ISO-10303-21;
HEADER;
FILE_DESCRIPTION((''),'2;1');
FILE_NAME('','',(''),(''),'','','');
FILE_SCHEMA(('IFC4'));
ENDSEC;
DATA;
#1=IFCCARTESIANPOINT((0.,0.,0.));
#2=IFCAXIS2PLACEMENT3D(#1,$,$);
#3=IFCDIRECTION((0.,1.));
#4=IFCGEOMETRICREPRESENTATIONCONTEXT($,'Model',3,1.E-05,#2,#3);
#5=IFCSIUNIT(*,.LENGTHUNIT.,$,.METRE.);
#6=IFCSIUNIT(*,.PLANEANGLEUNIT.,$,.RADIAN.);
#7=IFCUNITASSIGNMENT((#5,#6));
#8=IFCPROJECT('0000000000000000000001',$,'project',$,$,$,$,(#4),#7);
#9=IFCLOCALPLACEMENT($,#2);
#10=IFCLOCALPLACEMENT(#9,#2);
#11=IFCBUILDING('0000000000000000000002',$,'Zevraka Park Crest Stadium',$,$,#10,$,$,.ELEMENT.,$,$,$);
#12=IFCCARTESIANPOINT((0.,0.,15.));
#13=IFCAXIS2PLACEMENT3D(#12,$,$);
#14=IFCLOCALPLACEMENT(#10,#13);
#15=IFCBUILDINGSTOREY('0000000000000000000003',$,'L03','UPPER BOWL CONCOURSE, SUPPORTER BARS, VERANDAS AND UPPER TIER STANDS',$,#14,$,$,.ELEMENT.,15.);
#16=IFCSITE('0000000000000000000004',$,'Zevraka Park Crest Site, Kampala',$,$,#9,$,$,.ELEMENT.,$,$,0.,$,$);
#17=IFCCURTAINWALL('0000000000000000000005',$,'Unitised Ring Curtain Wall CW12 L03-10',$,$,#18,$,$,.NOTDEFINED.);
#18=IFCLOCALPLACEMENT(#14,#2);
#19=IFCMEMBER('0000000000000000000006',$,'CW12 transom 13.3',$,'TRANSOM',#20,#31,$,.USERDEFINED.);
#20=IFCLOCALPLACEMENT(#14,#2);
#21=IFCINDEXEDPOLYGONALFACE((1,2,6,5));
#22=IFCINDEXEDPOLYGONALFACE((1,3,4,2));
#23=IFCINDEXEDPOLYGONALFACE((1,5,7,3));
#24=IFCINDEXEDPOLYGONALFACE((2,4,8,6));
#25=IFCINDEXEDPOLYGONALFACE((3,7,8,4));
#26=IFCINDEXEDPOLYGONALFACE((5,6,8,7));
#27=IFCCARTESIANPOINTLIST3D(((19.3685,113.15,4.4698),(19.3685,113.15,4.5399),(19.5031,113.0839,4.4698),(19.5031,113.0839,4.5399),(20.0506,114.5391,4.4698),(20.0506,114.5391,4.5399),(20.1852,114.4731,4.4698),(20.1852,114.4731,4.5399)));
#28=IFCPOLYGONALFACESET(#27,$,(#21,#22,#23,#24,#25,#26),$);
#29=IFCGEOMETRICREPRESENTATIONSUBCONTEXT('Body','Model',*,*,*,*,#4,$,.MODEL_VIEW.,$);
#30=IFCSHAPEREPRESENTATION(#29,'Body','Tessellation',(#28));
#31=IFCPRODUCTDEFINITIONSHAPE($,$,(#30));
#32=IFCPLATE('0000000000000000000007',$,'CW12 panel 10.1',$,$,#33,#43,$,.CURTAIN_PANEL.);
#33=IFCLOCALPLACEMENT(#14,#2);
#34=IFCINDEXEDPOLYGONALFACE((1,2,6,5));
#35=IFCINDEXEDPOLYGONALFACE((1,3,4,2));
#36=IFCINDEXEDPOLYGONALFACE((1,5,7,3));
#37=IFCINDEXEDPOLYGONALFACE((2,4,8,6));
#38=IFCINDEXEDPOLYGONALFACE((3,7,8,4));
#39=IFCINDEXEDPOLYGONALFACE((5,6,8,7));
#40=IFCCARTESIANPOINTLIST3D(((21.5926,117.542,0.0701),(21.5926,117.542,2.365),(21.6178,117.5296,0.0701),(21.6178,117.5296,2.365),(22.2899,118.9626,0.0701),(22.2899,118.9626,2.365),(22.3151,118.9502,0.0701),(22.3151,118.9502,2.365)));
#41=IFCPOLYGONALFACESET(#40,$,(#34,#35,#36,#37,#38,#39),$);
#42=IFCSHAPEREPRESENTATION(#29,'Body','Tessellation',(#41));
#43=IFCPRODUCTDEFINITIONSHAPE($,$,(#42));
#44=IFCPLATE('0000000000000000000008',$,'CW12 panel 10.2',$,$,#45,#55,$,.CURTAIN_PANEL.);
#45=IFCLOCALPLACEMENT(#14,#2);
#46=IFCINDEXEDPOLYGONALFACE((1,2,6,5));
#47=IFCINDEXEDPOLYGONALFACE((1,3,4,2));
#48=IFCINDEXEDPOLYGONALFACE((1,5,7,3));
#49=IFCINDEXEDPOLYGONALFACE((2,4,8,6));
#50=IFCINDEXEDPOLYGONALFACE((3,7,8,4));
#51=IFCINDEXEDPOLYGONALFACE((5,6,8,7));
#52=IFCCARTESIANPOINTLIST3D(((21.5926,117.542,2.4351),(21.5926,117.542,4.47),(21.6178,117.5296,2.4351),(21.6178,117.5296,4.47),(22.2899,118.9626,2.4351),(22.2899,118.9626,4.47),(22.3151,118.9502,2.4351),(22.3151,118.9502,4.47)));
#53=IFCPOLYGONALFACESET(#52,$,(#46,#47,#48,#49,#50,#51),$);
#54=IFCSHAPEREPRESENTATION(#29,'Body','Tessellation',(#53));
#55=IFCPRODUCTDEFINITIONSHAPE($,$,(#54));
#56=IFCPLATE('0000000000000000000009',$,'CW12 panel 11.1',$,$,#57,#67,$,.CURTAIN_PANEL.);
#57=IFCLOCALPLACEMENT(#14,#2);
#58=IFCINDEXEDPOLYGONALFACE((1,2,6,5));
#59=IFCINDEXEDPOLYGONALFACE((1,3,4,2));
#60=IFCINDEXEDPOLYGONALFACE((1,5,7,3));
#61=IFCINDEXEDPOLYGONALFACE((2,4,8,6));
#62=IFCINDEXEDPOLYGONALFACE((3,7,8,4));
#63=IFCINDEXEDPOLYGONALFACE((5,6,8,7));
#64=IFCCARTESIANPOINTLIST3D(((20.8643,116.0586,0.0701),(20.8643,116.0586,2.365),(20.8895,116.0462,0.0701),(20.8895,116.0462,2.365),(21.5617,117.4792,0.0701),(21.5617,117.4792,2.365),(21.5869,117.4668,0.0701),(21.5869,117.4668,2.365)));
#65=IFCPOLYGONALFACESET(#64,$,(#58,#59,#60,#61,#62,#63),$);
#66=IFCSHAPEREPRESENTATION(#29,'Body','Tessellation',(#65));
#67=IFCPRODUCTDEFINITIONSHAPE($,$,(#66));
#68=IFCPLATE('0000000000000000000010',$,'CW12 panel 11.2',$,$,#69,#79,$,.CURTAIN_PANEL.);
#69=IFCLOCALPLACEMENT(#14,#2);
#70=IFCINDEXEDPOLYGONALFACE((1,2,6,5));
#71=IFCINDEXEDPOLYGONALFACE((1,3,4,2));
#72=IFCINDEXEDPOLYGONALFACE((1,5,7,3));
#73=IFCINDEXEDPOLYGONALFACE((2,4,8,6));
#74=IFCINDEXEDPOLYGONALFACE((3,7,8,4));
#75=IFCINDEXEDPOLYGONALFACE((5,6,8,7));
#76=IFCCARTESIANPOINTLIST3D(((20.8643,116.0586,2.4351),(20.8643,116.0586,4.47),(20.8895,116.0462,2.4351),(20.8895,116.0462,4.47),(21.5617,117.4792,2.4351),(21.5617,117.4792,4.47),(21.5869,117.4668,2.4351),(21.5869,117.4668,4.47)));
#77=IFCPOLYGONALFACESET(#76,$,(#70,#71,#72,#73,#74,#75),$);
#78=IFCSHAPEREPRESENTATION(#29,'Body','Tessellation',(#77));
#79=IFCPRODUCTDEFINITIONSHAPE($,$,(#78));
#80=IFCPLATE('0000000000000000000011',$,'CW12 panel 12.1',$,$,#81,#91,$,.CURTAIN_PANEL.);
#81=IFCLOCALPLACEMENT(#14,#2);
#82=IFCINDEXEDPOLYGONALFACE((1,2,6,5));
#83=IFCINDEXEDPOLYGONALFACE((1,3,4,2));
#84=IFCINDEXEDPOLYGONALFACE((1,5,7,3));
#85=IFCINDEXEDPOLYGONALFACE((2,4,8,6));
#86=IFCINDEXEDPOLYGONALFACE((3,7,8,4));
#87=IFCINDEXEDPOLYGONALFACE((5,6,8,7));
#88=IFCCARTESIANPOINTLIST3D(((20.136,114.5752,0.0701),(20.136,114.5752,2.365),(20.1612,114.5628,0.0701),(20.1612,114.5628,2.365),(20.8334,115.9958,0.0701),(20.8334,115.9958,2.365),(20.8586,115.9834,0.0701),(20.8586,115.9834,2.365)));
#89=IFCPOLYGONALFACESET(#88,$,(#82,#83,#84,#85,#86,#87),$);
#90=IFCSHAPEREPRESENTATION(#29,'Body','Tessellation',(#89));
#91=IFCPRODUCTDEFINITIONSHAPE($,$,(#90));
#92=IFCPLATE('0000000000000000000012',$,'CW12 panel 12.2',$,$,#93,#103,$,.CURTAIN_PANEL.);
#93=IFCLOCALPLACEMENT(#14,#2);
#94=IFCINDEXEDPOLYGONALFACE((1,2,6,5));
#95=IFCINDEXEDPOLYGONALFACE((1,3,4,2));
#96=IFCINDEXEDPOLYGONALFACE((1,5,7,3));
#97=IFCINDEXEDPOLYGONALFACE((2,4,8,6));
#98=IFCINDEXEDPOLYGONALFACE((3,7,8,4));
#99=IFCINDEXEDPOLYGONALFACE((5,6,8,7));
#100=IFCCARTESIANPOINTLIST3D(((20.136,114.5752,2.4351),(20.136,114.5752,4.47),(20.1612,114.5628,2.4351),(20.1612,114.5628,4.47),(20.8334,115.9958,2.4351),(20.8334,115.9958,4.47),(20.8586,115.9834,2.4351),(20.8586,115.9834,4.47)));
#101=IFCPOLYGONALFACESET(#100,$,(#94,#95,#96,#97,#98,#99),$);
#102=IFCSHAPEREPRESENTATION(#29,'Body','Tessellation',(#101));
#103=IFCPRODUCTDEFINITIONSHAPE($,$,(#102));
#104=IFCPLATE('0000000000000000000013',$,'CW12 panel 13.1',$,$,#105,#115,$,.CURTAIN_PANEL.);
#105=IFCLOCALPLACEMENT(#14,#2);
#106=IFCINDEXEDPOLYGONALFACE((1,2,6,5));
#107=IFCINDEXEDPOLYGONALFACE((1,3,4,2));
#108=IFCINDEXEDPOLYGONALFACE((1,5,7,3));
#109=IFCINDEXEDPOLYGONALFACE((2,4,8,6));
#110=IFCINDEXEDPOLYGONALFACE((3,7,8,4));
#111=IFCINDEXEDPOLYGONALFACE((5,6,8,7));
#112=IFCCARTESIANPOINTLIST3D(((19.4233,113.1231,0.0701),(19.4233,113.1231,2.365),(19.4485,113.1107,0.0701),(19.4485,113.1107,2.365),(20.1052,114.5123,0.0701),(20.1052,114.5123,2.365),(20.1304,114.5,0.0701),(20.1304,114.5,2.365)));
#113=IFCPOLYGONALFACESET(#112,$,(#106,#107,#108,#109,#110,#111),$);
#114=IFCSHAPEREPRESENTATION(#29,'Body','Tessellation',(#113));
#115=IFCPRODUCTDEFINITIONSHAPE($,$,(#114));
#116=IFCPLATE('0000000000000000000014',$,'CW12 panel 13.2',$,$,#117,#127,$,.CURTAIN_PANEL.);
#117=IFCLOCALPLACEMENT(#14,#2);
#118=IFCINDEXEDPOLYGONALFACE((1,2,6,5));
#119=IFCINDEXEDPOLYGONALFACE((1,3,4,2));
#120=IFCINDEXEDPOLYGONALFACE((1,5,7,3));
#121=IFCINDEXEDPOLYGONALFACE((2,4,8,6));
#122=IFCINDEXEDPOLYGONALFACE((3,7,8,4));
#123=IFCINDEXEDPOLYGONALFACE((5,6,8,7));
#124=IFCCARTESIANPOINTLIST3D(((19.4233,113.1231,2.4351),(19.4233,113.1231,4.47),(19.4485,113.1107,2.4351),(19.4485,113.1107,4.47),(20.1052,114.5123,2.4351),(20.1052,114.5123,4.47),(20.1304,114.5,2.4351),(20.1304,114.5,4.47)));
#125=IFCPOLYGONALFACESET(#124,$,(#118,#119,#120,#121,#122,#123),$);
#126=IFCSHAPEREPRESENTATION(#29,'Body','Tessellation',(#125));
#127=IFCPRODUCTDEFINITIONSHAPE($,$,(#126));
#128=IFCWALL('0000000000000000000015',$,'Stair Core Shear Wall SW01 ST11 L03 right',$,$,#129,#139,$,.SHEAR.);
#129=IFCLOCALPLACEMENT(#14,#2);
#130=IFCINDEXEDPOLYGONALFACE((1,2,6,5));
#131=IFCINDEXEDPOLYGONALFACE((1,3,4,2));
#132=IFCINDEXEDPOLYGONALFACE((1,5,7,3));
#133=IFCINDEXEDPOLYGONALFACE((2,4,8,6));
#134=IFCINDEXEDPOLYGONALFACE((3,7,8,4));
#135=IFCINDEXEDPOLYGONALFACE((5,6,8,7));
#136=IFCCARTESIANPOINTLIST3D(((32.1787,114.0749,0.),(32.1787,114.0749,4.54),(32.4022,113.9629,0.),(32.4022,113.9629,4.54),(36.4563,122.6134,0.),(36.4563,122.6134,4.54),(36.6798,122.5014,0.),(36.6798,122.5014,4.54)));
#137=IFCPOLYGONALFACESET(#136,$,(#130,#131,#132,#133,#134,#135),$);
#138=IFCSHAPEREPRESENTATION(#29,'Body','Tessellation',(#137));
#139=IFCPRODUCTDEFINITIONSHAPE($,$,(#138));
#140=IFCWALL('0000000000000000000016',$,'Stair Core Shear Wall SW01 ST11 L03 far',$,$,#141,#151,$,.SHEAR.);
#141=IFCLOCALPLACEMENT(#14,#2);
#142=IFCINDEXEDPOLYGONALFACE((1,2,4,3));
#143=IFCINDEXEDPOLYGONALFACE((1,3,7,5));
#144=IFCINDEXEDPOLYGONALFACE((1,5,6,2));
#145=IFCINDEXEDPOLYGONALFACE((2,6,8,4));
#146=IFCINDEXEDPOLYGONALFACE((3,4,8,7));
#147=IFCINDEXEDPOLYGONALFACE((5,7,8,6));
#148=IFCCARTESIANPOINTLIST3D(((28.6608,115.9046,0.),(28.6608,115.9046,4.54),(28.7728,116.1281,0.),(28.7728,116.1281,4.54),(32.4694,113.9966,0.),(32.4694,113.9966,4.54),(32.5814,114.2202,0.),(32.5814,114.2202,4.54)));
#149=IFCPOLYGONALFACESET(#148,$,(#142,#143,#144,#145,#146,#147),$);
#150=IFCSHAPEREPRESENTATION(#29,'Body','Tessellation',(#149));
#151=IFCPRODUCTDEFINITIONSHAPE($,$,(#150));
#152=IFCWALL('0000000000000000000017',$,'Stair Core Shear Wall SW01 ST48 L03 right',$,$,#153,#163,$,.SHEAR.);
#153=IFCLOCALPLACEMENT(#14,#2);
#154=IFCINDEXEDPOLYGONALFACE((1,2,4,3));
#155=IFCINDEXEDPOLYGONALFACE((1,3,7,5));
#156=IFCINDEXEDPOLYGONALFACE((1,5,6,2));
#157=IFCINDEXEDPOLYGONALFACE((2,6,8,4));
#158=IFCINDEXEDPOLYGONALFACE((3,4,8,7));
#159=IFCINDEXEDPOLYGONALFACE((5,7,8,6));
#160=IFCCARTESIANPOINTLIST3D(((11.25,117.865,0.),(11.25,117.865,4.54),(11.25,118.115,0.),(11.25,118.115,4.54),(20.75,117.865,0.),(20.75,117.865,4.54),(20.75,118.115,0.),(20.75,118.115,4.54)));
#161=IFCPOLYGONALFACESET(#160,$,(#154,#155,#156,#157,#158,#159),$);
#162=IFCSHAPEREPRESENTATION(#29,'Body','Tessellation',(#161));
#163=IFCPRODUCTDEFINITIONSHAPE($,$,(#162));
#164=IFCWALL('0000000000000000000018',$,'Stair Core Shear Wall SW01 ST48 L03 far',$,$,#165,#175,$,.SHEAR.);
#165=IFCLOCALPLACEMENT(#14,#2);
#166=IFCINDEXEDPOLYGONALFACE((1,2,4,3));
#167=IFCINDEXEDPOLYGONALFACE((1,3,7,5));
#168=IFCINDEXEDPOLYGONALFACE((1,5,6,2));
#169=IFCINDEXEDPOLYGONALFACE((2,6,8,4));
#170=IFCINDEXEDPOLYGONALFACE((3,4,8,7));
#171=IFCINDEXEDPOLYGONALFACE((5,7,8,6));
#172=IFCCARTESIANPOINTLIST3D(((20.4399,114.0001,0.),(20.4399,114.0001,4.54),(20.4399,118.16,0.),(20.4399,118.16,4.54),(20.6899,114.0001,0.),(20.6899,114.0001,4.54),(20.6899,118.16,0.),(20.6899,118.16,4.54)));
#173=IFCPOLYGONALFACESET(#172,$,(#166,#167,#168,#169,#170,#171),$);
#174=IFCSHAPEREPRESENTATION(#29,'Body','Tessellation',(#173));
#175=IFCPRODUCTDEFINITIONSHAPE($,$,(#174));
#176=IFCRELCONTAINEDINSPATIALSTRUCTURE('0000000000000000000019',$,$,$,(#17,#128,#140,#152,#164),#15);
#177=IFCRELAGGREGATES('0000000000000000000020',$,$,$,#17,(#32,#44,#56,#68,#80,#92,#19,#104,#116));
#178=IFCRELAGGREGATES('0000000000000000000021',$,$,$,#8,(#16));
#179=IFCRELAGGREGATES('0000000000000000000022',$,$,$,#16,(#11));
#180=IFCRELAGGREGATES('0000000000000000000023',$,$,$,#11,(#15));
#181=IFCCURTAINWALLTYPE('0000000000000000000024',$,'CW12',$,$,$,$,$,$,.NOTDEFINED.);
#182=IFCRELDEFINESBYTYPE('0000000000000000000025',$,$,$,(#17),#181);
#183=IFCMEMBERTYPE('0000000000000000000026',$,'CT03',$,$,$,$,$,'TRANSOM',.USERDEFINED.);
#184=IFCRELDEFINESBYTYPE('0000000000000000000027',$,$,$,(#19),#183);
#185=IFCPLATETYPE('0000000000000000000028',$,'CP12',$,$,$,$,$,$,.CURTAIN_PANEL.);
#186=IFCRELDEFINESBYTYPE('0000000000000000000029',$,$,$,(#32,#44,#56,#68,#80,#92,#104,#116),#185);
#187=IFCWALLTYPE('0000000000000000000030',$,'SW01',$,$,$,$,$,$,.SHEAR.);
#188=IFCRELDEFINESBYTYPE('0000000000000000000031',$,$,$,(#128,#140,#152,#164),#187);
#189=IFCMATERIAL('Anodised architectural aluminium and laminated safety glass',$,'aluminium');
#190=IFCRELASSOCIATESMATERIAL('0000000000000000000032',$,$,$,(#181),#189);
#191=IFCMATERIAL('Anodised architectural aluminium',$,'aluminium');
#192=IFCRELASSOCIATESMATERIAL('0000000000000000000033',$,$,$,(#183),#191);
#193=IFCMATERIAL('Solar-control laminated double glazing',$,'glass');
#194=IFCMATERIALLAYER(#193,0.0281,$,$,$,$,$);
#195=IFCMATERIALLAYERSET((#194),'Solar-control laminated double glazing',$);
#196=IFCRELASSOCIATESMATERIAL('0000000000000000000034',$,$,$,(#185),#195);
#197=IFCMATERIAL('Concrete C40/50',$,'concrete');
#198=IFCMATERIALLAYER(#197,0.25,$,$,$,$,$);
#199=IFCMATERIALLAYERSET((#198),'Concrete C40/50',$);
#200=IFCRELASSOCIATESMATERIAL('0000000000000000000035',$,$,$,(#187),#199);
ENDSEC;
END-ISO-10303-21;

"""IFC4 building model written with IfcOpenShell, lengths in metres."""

from ifc_helpers import new_model, si_unit, direction, frame, frame_2d, origin, origin_2d, place, context, subcontext, project, spatial, rectangle, extrude, material, layer, layer_set, material_profile, profile_set, type_object, element, aggregate, save


model = new_model("IFC4")

# Units and contexts
model_context = context("Model", 3, precision=1e-05, world=origin(), true_north=direction((0.0, 1.0)))
body_context = subcontext(model_context, "Body", "Model", "MODEL_VIEW")
ifc_project = project(units=[si_unit("LENGTHUNIT", "METRE"), si_unit("PLANEANGLEUNIT", "RADIAN")], contexts=[model_context])

# Site, building, storey
site_placement = place(None, origin())
site = spatial("IfcSite", under=ifc_project, at=site_placement, Name="Zevraka Park Crest Site, Kampala", CompositionType="ELEMENT", RefElevation=0.0)
building_placement = place(site_placement, origin())
building = spatial("IfcBuilding", under=site, at=building_placement, Name="Zevraka Park Crest Stadium", CompositionType="ELEMENT")
storey_placement = place(building_placement, frame((0.0, 0.0, 15.0)))
storey = spatial("IfcBuildingStorey", under=building, at=storey_placement, Name="L03", Description="UPPER BOWL CONCOURSE, SUPPORTER BARS, VERANDAS AND UPPER TIER STANDS", CompositionType="ELEMENT", Elevation=15.0)

# Curtain wall, member, plates
ifc_material_1 = material(Name="Anodised architectural aluminium and laminated safety glass", Category="aluminium")
curtain_wall_type = type_object("IfcCurtainWallType", Name="CW12", PredefinedType="NOTDEFINED", material=ifc_material_1)
curtain_wall_placement = place(storey_placement, origin())
curtain_wall = element("IfcCurtainWall", 1, at=curtain_wall_placement, inside=storey, type_object=curtain_wall_type, Name="Unitised Ring Curtain Wall CW12 L03-10", PredefinedType="NOTDEFINED")
ifc_material_2 = material(Name="Anodised architectural aluminium", Category="aluminium")
ifc_material_profile_1 = material_profile(ifc_material_2, rectangle(XDim=0.1499, YDim=0.0701, at=origin_2d()), Name="ALU TRANSOM 150x70")
ifc_profile_set_1 = profile_set([ifc_material_profile_1], Name="Anodised architectural aluminium")
member_type_1 = type_object("IfcMemberType", Name="CT03", ElementType="TRANSOM", PredefinedType="USERDEFINED", material=ifc_profile_set_1)
member_1_placement = place(storey_placement, frame((20.1179, 114.5061, 4.5049), z_axis=(-0.440766, -0.897622, 0.0), x_axis=(0.897622, -0.440766, 0.0)))
member_1 = element("IfcMember", 2, at=member_1_placement, type_object=member_type_1, Name="CW12 transom 13.3", ObjectType="TRANSOM", PredefinedType="USERDEFINED", context=body_context, shape_type="SweptSolid", body=[
    extrude(rectangle(XDim=0.1499, YDim=0.0701, at=origin_2d()), origin(), (0.0, 0.0, 1.0), 1.5476),
])
ifc_material_3 = material(Name="Solar-control laminated double glazing", Category="glass")
ifc_layer_1 = layer(ifc_material_3, 0.0281)
ifc_layer_set_1 = layer_set([ifc_layer_1], Name="Solar-control laminated double glazing")
plate_type = type_object("IfcPlateType", Name="CP12", PredefinedType="CURTAIN_PANEL", material=ifc_layer_set_1)
plate_1_placement = place(storey_placement, frame((21.9539, 118.2461, 0.0701), z_axis=(0.0, 0.0, 1.0), x_axis=(-0.440666, -0.897671, 0.0)))
plate_1 = element("IfcPlate", 3, at=plate_1_placement, type_object=plate_type, Name="CW12 panel 10.1", PredefinedType="CURTAIN_PANEL", context=body_context, shape_type="SweptSolid", body=[
    extrude(rectangle(XDim=1.5825, YDim=0.0281, at=origin_2d()), origin(), (0.0, 0.0, 1.0), 2.2949),
])
plate_2_placement = place(storey_placement, frame((21.9539, 118.2461, 2.4351), z_axis=(0.0, 0.0, 1.0), x_axis=(-0.440666, -0.897671, 0.0)))
plate_2 = element("IfcPlate", 4, at=plate_2_placement, type_object=plate_type, Name="CW12 panel 10.2", PredefinedType="CURTAIN_PANEL", context=body_context, shape_type="SweptSolid", body=[
    extrude(rectangle(XDim=1.5825, YDim=0.0281, at=origin_2d()), origin(), (0.0, 0.0, 1.0), 2.0349),
])
plate_3_placement = place(storey_placement, frame((21.2256, 116.7627, 0.0701), z_axis=(0.0, 0.0, 1.0), x_axis=(-0.440666, -0.897671, 0.0)))
plate_3 = element("IfcPlate", 5, at=plate_3_placement, type_object=plate_type, Name="CW12 panel 11.1", PredefinedType="CURTAIN_PANEL", context=body_context, shape_type="SweptSolid", body=[
    extrude(rectangle(XDim=1.5825, YDim=0.0281, at=origin_2d()), origin(), (0.0, 0.0, 1.0), 2.2949),
])
plate_4_placement = place(storey_placement, frame((21.2256, 116.7627, 2.4351), z_axis=(0.0, 0.0, 1.0), x_axis=(-0.440666, -0.897671, 0.0)))
plate_4 = element("IfcPlate", 6, at=plate_4_placement, type_object=plate_type, Name="CW12 panel 11.2", PredefinedType="CURTAIN_PANEL", context=body_context, shape_type="SweptSolid", body=[
    extrude(rectangle(XDim=1.5825, YDim=0.0281, at=origin_2d()), origin(), (0.0, 0.0, 1.0), 2.0349),
])
plate_5_placement = place(storey_placement, frame((20.4973, 115.2793, 0.0701), z_axis=(0.0, 0.0, 1.0), x_axis=(-0.440666, -0.897671, 0.0)))
plate_5 = element("IfcPlate", 7, at=plate_5_placement, type_object=plate_type, Name="CW12 panel 12.1", PredefinedType="CURTAIN_PANEL", context=body_context, shape_type="SweptSolid", body=[
    extrude(rectangle(XDim=1.5825, YDim=0.0281, at=origin_2d()), origin(), (0.0, 0.0, 1.0), 2.2949),
])
plate_6_placement = place(storey_placement, frame((20.4973, 115.2793, 2.4351), z_axis=(0.0, 0.0, 1.0), x_axis=(-0.440666, -0.897671, 0.0)))
plate_6 = element("IfcPlate", 8, at=plate_6_placement, type_object=plate_type, Name="CW12 panel 12.2", PredefinedType="CURTAIN_PANEL", context=body_context, shape_type="SweptSolid", body=[
    extrude(rectangle(XDim=1.5825, YDim=0.0281, at=origin_2d()), origin(), (0.0, 0.0, 1.0), 2.0349),
])
plate_7_placement = place(storey_placement, frame((19.7769, 113.8115, 0.0701), z_axis=(0.0, 0.0, 1.0), x_axis=(-0.440666, -0.897671, 0.0)))
plate_7 = element("IfcPlate", 9, at=plate_7_placement, type_object=plate_type, Name="CW12 panel 13.1", PredefinedType="CURTAIN_PANEL", context=body_context, shape_type="SweptSolid", body=[
    extrude(rectangle(XDim=1.5476, YDim=0.0281, at=origin_2d()), origin(), (0.0, 0.0, 1.0), 2.2949),
])
plate_8_placement = place(storey_placement, frame((19.7769, 113.8115, 2.4351), z_axis=(0.0, 0.0, 1.0), x_axis=(-0.440666, -0.897671, 0.0)))
plate_8 = element("IfcPlate", 10, at=plate_8_placement, type_object=plate_type, Name="CW12 panel 13.2", PredefinedType="CURTAIN_PANEL", context=body_context, shape_type="SweptSolid", body=[
    extrude(rectangle(XDim=1.5476, YDim=0.0281, at=origin_2d()), origin(), (0.0, 0.0, 1.0), 2.0349),
])
aggregate(curtain_wall, [plate_1, plate_2, plate_3, plate_4, plate_5, plate_6, member_1, plate_7, plate_8])

# Walls
ifc_material_4 = material(Name="Concrete C40/50", Category="concrete")
ifc_layer_2 = layer(ifc_material_4, 0.25)
ifc_layer_set_2 = layer_set([ifc_layer_2], Name="Concrete C40/50")
wall_type = type_object("IfcWallType", Name="SW01", PredefinedType="SHEAR", material=ifc_layer_set_2)
wall_1_placement = place(storey_placement, frame((32.2905, 114.019, 0.0), z_axis=(0.0, 0.0, 1.0), x_axis=(0.447909, 0.894079, 0.0)))
element("IfcWall", 11, at=wall_1_placement, inside=storey, type_object=wall_type, Name="Stair Core Shear Wall SW01 ST11 L03 right", PredefinedType="SHEAR", context=body_context, shape_type="SweptSolid", body=[
    extrude(rectangle(XDim=9.55, YDim=0.25, at=frame_2d((4.7749, 0.0))), origin(), (0.0, 0.0, 1.0), 4.54),
])
wall_2_placement = place(storey_placement, frame((28.7168, 116.0164, 0.0), z_axis=(0.0, 0.0, 1.0), x_axis=(0.894083, -0.447901, 0.0)))
element("IfcWall", 12, at=wall_2_placement, inside=storey, type_object=wall_type, Name="Stair Core Shear Wall SW01 ST11 L03 far", PredefinedType="SHEAR", context=body_context, shape_type="SweptSolid", body=[
    extrude(rectangle(XDim=4.2598, YDim=0.25, at=frame_2d((2.1299, 0.0))), origin(), (0.0, 0.0, 1.0), 4.54),
])
wall_3_placement = place(storey_placement, frame((20.75, 117.99, 0.0), z_axis=(0.0, 0.0, 1.0), x_axis=(-1.0, 0.0, 0.0)))
element("IfcWall", 13, at=wall_3_placement, inside=storey, type_object=wall_type, Name="Stair Core Shear Wall SW01 ST48 L03 right", PredefinedType="SHEAR", context=body_context, shape_type="SweptSolid", body=[
    extrude(rectangle(XDim=9.5, YDim=0.25, at=frame_2d((4.75, 0.0))), origin(), (0.0, 0.0, 1.0), 4.54),
])
wall_4_placement = place(storey_placement, frame((20.5649, 114.0, 0.0), z_axis=(0.0, 0.0, 1.0), x_axis=(0.0, 1.0, 0.0)))
element("IfcWall", 14, at=wall_4_placement, inside=storey, type_object=wall_type, Name="Stair Core Shear Wall SW01 ST48 L03 far", PredefinedType="SHEAR", context=body_context, shape_type="SweptSolid", body=[
    extrude(rectangle(XDim=4.1599, YDim=0.25, at=frame_2d((2.0801, 0.0))), origin(), (0.0, 0.0, 1.0), 4.54),
])

save(model, "model.ifc")
